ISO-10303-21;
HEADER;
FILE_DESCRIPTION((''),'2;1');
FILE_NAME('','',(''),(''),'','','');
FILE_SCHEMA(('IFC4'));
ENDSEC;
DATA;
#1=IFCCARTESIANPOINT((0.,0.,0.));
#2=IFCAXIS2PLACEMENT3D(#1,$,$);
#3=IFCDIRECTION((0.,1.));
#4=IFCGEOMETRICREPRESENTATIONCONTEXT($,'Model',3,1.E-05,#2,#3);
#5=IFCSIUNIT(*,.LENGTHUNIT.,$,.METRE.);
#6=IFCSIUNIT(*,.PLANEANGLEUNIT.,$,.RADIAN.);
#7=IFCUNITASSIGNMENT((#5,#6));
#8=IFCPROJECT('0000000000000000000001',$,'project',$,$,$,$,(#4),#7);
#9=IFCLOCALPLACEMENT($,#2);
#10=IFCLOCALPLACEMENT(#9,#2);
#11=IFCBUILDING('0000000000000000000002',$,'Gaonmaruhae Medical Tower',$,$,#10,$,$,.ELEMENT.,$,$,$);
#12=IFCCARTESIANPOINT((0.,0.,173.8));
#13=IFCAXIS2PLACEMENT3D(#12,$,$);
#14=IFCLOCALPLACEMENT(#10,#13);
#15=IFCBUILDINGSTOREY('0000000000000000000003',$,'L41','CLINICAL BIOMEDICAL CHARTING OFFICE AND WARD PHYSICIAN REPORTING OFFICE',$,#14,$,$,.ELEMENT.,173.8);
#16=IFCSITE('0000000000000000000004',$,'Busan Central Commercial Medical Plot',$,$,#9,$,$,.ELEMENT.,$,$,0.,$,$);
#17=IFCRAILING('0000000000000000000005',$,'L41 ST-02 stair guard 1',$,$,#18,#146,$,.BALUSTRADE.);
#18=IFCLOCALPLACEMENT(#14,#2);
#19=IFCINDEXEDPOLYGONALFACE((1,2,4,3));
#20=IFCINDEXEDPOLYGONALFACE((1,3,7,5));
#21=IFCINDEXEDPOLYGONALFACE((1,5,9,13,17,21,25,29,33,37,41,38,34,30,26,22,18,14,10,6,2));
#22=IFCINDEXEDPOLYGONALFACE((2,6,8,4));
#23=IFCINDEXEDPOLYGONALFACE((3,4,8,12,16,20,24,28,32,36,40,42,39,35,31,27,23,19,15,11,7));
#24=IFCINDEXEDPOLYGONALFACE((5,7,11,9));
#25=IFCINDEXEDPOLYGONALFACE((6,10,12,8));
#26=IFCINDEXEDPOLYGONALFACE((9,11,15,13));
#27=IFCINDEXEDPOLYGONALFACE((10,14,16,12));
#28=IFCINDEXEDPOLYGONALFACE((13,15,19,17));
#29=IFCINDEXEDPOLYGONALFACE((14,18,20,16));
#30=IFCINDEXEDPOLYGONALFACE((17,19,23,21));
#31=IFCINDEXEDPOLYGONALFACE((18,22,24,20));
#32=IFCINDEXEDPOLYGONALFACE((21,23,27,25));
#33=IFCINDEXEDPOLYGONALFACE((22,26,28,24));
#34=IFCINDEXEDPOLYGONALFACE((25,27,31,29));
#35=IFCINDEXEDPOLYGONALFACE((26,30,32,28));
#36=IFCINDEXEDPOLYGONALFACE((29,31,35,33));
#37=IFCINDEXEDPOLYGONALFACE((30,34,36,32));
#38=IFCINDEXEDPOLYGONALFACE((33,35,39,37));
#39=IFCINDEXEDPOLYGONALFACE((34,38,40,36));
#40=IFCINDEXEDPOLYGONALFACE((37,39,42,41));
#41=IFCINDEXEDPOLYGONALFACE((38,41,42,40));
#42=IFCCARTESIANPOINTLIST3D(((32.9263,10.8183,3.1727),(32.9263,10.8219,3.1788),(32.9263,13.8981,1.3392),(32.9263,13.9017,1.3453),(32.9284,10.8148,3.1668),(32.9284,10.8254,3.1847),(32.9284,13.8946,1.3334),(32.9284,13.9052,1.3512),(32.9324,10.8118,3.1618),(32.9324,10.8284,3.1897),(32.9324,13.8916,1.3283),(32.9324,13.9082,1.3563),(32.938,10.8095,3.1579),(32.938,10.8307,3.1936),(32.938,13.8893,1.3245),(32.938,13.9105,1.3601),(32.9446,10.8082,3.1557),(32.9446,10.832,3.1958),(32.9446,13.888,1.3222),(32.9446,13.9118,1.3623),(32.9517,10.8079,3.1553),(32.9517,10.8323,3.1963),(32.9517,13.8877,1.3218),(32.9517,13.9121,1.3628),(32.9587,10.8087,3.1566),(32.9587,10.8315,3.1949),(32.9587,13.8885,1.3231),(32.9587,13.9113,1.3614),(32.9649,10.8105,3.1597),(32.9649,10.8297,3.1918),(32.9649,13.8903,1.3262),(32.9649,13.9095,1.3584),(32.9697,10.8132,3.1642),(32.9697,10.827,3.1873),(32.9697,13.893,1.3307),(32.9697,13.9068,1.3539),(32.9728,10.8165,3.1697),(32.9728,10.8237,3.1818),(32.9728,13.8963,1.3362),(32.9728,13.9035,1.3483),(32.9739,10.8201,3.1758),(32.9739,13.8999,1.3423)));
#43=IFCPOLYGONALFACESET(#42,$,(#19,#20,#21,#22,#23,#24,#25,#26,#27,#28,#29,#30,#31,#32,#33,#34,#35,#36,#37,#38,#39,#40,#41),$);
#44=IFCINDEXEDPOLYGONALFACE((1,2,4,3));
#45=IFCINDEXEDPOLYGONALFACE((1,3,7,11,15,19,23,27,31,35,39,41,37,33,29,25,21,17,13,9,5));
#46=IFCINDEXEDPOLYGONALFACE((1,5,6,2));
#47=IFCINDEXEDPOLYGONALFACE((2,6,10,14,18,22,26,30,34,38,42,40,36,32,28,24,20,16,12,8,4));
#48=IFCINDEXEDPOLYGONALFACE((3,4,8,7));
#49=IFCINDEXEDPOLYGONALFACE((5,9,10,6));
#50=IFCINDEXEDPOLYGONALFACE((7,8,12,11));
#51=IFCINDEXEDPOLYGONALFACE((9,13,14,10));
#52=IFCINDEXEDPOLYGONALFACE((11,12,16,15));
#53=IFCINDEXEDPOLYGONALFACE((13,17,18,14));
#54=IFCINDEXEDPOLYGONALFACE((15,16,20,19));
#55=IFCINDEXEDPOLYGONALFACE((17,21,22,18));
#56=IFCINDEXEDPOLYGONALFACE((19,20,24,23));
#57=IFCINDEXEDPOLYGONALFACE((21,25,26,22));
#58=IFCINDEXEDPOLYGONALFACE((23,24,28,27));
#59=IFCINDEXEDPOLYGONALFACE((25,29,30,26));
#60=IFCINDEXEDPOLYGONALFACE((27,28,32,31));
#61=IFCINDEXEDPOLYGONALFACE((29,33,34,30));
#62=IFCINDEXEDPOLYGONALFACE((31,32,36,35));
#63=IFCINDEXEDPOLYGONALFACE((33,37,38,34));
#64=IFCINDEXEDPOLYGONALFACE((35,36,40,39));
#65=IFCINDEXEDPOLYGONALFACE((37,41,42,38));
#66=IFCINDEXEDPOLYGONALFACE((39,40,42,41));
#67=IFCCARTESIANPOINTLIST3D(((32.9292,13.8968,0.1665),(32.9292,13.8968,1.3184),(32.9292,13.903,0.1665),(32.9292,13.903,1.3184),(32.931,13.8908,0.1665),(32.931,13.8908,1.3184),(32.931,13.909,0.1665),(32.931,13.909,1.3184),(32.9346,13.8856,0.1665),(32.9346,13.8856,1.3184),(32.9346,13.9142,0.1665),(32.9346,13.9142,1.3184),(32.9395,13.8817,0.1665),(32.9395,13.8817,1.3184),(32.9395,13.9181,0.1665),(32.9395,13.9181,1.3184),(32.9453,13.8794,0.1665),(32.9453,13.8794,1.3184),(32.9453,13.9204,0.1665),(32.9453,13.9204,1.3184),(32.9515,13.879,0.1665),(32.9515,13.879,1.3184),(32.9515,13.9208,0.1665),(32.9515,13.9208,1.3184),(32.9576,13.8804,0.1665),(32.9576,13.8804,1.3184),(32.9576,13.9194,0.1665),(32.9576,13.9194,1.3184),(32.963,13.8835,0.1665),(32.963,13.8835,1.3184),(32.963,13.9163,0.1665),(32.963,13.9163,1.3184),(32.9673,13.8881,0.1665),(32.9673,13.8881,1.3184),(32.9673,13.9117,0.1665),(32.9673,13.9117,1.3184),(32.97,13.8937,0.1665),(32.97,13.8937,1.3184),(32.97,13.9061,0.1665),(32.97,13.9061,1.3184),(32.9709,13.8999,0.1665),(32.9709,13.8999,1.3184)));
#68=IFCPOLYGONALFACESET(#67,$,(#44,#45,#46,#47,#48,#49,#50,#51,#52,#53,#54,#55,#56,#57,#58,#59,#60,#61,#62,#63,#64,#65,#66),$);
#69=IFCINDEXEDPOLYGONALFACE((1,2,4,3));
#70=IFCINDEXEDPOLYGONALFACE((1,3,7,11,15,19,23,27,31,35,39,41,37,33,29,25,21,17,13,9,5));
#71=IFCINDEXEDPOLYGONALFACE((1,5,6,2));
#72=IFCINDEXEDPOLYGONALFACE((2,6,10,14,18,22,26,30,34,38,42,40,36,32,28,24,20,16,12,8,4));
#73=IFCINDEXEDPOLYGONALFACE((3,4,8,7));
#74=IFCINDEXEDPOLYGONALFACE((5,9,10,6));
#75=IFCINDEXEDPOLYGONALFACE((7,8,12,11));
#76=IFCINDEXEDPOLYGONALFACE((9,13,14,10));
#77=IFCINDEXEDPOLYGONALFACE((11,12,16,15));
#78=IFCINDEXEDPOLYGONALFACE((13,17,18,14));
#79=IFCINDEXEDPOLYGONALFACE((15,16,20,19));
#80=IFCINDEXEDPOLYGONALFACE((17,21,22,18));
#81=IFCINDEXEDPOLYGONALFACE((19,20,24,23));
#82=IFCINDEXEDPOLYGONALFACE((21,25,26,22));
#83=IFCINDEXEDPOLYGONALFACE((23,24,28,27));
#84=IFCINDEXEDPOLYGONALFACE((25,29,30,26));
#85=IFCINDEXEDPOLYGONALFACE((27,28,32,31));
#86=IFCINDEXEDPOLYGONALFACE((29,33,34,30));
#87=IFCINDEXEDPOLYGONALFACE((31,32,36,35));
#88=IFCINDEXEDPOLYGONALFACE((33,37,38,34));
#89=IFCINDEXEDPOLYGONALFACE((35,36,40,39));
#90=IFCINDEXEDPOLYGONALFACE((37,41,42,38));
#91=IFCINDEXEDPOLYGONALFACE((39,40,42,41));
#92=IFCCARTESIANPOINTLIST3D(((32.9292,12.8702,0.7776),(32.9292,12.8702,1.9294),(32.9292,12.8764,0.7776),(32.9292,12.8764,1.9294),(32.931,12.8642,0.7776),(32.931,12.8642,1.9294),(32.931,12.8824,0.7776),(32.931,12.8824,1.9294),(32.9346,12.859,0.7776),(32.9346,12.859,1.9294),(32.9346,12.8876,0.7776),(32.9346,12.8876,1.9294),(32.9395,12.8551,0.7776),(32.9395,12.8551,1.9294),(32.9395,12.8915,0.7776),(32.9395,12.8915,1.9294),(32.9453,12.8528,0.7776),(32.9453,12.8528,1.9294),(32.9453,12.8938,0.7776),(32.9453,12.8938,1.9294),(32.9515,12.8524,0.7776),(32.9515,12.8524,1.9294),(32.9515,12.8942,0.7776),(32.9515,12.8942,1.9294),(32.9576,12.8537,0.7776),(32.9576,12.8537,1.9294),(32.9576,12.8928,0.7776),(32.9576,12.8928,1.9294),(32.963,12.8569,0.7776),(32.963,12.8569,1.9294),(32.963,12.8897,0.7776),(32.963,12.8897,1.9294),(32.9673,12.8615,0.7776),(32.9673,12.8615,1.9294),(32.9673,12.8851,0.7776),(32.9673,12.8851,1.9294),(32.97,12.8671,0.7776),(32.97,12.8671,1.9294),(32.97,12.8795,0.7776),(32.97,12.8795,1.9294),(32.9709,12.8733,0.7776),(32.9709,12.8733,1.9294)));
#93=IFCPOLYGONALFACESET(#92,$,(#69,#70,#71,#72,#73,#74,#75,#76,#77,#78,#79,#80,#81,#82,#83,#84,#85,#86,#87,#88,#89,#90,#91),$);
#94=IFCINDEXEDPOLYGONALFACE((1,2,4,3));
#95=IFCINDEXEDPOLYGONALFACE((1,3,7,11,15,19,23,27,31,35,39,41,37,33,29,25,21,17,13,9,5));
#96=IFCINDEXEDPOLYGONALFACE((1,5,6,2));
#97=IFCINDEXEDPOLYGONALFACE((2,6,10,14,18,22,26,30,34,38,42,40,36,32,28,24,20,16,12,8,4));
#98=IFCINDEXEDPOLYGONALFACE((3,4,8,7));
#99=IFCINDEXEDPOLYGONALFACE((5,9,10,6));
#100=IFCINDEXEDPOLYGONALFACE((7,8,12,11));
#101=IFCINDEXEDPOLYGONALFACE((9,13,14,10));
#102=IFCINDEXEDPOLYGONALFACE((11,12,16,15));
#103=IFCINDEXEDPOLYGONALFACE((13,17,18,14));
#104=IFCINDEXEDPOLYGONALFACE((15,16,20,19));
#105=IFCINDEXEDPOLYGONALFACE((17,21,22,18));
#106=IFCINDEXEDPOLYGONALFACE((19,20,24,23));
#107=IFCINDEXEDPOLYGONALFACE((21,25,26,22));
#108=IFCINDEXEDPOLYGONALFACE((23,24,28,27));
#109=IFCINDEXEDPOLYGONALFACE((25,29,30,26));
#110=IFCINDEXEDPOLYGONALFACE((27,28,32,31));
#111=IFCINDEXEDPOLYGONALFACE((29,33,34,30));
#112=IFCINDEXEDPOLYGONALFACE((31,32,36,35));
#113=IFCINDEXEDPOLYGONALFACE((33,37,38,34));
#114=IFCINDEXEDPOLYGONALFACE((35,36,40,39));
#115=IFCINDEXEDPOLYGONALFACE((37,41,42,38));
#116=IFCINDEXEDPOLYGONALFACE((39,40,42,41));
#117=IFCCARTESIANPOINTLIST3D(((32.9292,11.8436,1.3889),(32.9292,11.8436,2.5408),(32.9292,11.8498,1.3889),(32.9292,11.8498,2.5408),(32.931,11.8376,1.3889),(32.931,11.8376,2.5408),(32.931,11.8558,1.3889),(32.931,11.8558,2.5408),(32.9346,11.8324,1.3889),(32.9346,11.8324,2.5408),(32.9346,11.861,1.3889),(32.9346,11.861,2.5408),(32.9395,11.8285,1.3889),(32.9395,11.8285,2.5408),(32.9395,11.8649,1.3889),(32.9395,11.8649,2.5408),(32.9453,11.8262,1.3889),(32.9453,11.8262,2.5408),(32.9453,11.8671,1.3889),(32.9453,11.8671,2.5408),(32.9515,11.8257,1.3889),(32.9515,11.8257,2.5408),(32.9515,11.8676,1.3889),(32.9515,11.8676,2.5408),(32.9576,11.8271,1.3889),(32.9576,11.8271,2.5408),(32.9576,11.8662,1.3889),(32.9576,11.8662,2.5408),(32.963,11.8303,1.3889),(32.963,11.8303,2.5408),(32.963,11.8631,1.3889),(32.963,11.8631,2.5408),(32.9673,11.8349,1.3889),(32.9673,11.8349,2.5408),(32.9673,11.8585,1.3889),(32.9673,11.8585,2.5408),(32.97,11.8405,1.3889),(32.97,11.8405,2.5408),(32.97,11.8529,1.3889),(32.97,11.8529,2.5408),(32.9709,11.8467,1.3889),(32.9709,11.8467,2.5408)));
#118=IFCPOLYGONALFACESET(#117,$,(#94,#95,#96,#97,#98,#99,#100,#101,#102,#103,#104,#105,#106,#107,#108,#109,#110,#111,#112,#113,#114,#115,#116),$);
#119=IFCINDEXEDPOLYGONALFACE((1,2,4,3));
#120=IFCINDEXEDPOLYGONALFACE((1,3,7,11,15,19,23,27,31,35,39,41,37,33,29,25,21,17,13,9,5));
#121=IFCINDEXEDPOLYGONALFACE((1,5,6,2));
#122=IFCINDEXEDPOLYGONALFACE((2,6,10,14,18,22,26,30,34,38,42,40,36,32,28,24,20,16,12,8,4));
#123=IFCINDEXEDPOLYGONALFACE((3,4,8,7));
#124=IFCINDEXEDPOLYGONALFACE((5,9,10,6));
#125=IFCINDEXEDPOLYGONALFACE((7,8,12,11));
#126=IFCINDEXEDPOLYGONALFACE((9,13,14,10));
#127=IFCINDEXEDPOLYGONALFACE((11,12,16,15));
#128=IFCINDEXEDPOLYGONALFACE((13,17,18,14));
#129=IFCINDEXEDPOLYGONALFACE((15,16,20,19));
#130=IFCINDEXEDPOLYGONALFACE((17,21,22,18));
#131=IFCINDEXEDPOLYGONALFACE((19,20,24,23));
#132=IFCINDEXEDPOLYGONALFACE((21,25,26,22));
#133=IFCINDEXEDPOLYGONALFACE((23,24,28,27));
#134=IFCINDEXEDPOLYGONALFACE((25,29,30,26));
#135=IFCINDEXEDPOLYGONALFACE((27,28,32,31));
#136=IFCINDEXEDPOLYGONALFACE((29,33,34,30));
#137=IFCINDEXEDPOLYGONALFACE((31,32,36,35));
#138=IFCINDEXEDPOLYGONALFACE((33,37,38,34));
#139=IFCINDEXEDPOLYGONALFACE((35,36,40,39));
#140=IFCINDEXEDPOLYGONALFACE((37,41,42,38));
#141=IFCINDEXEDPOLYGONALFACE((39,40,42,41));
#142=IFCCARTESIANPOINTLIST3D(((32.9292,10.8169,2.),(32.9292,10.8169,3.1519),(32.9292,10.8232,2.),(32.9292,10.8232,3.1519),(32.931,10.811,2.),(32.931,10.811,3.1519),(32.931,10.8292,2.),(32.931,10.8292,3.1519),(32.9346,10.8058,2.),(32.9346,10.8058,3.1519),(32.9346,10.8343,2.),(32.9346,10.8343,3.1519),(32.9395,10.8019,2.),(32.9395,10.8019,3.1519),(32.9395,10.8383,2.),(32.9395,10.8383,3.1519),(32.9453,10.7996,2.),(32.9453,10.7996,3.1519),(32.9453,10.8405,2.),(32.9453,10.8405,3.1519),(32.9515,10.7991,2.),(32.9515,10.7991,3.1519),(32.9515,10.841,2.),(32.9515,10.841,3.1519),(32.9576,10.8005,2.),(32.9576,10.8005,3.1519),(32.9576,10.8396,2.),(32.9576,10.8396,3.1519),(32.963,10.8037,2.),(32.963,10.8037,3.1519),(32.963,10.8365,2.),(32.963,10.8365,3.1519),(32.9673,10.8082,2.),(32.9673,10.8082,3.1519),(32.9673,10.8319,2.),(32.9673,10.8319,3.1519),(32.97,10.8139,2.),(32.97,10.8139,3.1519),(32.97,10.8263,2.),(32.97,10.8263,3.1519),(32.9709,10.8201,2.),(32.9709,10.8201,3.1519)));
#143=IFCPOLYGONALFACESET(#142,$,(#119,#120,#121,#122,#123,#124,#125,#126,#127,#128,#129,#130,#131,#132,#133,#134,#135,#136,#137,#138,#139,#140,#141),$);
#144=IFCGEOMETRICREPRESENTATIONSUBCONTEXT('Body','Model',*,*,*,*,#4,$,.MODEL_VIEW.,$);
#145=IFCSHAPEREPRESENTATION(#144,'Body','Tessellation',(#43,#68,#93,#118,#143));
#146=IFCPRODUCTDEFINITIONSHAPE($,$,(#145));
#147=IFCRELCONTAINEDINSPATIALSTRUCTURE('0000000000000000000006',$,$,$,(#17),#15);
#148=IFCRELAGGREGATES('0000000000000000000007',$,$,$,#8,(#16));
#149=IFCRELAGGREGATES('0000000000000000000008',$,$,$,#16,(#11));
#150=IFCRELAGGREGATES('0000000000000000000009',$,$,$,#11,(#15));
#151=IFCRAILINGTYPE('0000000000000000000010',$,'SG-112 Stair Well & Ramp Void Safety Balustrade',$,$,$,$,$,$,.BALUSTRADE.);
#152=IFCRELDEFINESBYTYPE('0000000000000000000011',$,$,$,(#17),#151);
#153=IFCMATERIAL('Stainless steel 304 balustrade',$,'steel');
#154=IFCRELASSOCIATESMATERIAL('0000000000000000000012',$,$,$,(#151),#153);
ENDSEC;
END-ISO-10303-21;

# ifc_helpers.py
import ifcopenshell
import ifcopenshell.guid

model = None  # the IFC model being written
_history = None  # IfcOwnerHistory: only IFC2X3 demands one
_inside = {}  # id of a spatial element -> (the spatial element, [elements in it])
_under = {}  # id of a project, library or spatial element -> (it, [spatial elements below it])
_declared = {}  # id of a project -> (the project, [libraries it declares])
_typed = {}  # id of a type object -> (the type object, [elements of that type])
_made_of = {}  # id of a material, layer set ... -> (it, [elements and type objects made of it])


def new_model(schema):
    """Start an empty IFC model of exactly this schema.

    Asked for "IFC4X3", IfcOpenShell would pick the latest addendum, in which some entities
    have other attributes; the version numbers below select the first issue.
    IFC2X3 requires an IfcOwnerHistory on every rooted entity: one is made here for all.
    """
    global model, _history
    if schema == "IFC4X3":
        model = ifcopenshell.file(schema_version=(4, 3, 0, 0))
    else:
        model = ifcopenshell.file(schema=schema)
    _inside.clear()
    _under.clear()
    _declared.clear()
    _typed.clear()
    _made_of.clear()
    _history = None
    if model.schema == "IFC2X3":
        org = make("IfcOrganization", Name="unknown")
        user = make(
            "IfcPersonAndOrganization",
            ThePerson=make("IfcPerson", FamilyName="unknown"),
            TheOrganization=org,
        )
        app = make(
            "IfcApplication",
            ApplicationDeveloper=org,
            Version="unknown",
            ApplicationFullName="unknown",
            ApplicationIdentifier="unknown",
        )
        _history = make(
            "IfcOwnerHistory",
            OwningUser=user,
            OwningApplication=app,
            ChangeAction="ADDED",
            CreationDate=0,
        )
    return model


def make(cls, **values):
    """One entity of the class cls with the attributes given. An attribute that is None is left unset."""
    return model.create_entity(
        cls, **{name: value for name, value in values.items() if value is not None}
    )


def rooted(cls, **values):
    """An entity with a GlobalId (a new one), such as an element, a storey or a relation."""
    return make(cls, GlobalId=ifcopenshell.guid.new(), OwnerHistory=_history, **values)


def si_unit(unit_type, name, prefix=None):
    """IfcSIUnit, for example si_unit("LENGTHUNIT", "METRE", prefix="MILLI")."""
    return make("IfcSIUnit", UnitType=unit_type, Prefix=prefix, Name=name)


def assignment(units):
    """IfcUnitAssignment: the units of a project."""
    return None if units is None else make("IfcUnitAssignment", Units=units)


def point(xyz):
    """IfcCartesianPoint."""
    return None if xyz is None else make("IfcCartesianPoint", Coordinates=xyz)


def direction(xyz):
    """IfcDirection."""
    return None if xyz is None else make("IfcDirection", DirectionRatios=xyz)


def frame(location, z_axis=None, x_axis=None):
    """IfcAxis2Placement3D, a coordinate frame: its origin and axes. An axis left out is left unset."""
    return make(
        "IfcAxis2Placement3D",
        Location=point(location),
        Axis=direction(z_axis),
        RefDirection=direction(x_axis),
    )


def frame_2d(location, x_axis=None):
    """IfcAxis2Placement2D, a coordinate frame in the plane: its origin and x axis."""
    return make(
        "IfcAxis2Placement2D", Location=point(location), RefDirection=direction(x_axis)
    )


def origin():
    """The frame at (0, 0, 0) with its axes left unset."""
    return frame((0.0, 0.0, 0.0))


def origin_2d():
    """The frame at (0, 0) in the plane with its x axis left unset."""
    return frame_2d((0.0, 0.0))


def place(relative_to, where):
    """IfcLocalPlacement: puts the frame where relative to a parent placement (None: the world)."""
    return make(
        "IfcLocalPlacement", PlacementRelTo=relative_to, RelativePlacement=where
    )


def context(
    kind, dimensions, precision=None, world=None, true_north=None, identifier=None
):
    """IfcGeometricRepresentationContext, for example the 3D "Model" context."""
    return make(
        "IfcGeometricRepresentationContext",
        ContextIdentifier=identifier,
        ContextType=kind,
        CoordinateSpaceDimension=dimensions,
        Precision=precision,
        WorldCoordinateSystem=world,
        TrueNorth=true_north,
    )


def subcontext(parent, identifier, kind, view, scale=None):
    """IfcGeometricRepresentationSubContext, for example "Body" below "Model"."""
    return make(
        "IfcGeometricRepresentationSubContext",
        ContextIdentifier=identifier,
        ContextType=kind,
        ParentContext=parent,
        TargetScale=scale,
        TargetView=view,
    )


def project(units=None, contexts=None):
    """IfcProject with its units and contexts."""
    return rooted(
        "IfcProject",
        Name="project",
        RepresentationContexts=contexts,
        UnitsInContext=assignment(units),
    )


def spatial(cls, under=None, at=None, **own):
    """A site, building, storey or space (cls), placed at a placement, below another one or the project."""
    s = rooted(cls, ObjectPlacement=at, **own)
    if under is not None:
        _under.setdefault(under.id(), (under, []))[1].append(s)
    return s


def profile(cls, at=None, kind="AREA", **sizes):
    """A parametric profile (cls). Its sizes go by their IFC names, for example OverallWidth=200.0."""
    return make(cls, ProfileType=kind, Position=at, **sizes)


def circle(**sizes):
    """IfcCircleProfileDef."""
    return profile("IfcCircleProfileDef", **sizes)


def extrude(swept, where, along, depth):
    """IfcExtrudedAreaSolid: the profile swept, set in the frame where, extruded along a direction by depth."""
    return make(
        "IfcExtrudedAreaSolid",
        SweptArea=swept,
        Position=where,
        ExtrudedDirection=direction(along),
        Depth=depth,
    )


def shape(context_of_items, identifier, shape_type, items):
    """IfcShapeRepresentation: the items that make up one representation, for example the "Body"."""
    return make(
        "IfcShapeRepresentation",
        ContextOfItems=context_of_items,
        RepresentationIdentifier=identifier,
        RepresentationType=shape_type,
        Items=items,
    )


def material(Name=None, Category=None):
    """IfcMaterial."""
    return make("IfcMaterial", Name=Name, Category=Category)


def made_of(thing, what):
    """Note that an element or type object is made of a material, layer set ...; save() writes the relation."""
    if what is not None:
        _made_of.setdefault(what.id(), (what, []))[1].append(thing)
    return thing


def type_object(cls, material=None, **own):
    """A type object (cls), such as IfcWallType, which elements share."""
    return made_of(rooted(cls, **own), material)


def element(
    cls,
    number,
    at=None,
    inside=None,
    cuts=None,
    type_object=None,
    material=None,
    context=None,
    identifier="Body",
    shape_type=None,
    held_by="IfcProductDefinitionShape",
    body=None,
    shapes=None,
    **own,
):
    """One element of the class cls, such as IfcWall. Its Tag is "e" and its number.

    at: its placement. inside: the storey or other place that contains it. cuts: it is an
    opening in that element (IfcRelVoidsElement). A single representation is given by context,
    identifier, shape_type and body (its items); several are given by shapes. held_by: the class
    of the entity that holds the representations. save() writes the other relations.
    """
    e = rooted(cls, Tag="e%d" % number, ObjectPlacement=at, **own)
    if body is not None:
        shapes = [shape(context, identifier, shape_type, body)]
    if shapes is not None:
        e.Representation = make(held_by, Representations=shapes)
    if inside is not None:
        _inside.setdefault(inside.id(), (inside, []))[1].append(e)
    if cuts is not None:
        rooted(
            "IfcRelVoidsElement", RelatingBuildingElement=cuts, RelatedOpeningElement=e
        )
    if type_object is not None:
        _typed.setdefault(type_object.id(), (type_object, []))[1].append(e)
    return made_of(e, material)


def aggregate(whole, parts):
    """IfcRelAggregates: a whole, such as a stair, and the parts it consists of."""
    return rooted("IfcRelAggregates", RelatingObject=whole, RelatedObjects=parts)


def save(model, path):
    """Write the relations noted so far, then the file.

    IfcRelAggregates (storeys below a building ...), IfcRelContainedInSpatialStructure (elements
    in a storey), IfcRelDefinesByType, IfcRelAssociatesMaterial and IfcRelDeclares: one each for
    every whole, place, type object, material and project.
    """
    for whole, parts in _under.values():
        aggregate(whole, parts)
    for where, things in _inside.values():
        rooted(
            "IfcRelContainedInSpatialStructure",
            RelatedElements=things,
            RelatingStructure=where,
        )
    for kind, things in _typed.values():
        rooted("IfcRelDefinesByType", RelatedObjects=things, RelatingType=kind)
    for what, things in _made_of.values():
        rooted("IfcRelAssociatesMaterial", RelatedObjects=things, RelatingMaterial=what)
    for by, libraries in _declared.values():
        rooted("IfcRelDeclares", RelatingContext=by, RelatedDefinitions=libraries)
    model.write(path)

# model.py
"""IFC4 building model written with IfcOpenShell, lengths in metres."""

from ifc_helpers import new_model, si_unit, direction, frame, origin, origin_2d, place, context, subcontext, project, spatial, circle, extrude, material, type_object, element, save


model = new_model("IFC4")

# Units and contexts
model_context = context("Model", 3, precision=1e-05, world=origin(), true_north=direction((0.0, 1.0)))
body_context = subcontext(model_context, "Body", "Model", "MODEL_VIEW")
ifc_project = project(units=[si_unit("LENGTHUNIT", "METRE"), si_unit("PLANEANGLEUNIT", "RADIAN")], contexts=[model_context])

# Site, building, storey
site_placement = place(None, origin())
site = spatial("IfcSite", under=ifc_project, at=site_placement, Name="Busan Central Commercial Medical Plot", CompositionType="ELEMENT", RefElevation=0.0)
building_placement = place(site_placement, origin())
building = spatial("IfcBuilding", under=site, at=building_placement, Name="Gaonmaruhae Medical Tower", CompositionType="ELEMENT")
storey_placement = place(building_placement, frame((0.0, 0.0, 173.8)))
storey = spatial("IfcBuildingStorey", under=building, at=storey_placement, Name="L41", Description="CLINICAL BIOMEDICAL CHARTING OFFICE AND WARD PHYSICIAN REPORTING OFFICE", CompositionType="ELEMENT", Elevation=173.8)

# Railing
ifc_material_1 = material(Name="Stainless steel 304 balustrade", Category="steel")
railing_type_1 = type_object("IfcRailingType", Name="SG-112 Stair Well & Ramp Void Safety Balustrade", PredefinedType="BALUSTRADE", material=ifc_material_1)
railing_1_placement = place(storey_placement, frame((32.95, 13.8999, 0.1665)))
element("IfcRailing", 1, at=railing_1_placement, inside=storey, type_object=railing_type_1, Name="L41 ST-02 stair guard 1", PredefinedType="BALUSTRADE", context=body_context, shape_type="SweptSolid", body=[
    extrude(circle(Radius=0.0239, at=origin_2d()), frame((0.0, 0.0, 1.1758), z_axis=(0.0, -0.859261, 0.511538), x_axis=(1.0, 0.0, 0.0)), (0.0, 0.0, 1.0), 3.5842),
    extrude(circle(Radius=0.021, at=origin_2d()), origin(), (0.0, 0.0, 1.0), 1.1519),
    extrude(circle(Radius=0.021, at=origin_2d()), frame((0.0, -1.0266, 0.6111)), (0.0, 0.0, 1.0), 1.1519),
    extrude(circle(Radius=0.021, at=origin_2d()), frame((0.0, -2.0532, 1.2224)), (0.0, 0.0, 1.0), 1.1519),
    extrude(circle(Radius=0.021, at=origin_2d()), frame((0.0, -3.0798, 1.8335)), (0.0, 0.0, 1.0), 1.1519),
])

save(model, "model.ifc")
